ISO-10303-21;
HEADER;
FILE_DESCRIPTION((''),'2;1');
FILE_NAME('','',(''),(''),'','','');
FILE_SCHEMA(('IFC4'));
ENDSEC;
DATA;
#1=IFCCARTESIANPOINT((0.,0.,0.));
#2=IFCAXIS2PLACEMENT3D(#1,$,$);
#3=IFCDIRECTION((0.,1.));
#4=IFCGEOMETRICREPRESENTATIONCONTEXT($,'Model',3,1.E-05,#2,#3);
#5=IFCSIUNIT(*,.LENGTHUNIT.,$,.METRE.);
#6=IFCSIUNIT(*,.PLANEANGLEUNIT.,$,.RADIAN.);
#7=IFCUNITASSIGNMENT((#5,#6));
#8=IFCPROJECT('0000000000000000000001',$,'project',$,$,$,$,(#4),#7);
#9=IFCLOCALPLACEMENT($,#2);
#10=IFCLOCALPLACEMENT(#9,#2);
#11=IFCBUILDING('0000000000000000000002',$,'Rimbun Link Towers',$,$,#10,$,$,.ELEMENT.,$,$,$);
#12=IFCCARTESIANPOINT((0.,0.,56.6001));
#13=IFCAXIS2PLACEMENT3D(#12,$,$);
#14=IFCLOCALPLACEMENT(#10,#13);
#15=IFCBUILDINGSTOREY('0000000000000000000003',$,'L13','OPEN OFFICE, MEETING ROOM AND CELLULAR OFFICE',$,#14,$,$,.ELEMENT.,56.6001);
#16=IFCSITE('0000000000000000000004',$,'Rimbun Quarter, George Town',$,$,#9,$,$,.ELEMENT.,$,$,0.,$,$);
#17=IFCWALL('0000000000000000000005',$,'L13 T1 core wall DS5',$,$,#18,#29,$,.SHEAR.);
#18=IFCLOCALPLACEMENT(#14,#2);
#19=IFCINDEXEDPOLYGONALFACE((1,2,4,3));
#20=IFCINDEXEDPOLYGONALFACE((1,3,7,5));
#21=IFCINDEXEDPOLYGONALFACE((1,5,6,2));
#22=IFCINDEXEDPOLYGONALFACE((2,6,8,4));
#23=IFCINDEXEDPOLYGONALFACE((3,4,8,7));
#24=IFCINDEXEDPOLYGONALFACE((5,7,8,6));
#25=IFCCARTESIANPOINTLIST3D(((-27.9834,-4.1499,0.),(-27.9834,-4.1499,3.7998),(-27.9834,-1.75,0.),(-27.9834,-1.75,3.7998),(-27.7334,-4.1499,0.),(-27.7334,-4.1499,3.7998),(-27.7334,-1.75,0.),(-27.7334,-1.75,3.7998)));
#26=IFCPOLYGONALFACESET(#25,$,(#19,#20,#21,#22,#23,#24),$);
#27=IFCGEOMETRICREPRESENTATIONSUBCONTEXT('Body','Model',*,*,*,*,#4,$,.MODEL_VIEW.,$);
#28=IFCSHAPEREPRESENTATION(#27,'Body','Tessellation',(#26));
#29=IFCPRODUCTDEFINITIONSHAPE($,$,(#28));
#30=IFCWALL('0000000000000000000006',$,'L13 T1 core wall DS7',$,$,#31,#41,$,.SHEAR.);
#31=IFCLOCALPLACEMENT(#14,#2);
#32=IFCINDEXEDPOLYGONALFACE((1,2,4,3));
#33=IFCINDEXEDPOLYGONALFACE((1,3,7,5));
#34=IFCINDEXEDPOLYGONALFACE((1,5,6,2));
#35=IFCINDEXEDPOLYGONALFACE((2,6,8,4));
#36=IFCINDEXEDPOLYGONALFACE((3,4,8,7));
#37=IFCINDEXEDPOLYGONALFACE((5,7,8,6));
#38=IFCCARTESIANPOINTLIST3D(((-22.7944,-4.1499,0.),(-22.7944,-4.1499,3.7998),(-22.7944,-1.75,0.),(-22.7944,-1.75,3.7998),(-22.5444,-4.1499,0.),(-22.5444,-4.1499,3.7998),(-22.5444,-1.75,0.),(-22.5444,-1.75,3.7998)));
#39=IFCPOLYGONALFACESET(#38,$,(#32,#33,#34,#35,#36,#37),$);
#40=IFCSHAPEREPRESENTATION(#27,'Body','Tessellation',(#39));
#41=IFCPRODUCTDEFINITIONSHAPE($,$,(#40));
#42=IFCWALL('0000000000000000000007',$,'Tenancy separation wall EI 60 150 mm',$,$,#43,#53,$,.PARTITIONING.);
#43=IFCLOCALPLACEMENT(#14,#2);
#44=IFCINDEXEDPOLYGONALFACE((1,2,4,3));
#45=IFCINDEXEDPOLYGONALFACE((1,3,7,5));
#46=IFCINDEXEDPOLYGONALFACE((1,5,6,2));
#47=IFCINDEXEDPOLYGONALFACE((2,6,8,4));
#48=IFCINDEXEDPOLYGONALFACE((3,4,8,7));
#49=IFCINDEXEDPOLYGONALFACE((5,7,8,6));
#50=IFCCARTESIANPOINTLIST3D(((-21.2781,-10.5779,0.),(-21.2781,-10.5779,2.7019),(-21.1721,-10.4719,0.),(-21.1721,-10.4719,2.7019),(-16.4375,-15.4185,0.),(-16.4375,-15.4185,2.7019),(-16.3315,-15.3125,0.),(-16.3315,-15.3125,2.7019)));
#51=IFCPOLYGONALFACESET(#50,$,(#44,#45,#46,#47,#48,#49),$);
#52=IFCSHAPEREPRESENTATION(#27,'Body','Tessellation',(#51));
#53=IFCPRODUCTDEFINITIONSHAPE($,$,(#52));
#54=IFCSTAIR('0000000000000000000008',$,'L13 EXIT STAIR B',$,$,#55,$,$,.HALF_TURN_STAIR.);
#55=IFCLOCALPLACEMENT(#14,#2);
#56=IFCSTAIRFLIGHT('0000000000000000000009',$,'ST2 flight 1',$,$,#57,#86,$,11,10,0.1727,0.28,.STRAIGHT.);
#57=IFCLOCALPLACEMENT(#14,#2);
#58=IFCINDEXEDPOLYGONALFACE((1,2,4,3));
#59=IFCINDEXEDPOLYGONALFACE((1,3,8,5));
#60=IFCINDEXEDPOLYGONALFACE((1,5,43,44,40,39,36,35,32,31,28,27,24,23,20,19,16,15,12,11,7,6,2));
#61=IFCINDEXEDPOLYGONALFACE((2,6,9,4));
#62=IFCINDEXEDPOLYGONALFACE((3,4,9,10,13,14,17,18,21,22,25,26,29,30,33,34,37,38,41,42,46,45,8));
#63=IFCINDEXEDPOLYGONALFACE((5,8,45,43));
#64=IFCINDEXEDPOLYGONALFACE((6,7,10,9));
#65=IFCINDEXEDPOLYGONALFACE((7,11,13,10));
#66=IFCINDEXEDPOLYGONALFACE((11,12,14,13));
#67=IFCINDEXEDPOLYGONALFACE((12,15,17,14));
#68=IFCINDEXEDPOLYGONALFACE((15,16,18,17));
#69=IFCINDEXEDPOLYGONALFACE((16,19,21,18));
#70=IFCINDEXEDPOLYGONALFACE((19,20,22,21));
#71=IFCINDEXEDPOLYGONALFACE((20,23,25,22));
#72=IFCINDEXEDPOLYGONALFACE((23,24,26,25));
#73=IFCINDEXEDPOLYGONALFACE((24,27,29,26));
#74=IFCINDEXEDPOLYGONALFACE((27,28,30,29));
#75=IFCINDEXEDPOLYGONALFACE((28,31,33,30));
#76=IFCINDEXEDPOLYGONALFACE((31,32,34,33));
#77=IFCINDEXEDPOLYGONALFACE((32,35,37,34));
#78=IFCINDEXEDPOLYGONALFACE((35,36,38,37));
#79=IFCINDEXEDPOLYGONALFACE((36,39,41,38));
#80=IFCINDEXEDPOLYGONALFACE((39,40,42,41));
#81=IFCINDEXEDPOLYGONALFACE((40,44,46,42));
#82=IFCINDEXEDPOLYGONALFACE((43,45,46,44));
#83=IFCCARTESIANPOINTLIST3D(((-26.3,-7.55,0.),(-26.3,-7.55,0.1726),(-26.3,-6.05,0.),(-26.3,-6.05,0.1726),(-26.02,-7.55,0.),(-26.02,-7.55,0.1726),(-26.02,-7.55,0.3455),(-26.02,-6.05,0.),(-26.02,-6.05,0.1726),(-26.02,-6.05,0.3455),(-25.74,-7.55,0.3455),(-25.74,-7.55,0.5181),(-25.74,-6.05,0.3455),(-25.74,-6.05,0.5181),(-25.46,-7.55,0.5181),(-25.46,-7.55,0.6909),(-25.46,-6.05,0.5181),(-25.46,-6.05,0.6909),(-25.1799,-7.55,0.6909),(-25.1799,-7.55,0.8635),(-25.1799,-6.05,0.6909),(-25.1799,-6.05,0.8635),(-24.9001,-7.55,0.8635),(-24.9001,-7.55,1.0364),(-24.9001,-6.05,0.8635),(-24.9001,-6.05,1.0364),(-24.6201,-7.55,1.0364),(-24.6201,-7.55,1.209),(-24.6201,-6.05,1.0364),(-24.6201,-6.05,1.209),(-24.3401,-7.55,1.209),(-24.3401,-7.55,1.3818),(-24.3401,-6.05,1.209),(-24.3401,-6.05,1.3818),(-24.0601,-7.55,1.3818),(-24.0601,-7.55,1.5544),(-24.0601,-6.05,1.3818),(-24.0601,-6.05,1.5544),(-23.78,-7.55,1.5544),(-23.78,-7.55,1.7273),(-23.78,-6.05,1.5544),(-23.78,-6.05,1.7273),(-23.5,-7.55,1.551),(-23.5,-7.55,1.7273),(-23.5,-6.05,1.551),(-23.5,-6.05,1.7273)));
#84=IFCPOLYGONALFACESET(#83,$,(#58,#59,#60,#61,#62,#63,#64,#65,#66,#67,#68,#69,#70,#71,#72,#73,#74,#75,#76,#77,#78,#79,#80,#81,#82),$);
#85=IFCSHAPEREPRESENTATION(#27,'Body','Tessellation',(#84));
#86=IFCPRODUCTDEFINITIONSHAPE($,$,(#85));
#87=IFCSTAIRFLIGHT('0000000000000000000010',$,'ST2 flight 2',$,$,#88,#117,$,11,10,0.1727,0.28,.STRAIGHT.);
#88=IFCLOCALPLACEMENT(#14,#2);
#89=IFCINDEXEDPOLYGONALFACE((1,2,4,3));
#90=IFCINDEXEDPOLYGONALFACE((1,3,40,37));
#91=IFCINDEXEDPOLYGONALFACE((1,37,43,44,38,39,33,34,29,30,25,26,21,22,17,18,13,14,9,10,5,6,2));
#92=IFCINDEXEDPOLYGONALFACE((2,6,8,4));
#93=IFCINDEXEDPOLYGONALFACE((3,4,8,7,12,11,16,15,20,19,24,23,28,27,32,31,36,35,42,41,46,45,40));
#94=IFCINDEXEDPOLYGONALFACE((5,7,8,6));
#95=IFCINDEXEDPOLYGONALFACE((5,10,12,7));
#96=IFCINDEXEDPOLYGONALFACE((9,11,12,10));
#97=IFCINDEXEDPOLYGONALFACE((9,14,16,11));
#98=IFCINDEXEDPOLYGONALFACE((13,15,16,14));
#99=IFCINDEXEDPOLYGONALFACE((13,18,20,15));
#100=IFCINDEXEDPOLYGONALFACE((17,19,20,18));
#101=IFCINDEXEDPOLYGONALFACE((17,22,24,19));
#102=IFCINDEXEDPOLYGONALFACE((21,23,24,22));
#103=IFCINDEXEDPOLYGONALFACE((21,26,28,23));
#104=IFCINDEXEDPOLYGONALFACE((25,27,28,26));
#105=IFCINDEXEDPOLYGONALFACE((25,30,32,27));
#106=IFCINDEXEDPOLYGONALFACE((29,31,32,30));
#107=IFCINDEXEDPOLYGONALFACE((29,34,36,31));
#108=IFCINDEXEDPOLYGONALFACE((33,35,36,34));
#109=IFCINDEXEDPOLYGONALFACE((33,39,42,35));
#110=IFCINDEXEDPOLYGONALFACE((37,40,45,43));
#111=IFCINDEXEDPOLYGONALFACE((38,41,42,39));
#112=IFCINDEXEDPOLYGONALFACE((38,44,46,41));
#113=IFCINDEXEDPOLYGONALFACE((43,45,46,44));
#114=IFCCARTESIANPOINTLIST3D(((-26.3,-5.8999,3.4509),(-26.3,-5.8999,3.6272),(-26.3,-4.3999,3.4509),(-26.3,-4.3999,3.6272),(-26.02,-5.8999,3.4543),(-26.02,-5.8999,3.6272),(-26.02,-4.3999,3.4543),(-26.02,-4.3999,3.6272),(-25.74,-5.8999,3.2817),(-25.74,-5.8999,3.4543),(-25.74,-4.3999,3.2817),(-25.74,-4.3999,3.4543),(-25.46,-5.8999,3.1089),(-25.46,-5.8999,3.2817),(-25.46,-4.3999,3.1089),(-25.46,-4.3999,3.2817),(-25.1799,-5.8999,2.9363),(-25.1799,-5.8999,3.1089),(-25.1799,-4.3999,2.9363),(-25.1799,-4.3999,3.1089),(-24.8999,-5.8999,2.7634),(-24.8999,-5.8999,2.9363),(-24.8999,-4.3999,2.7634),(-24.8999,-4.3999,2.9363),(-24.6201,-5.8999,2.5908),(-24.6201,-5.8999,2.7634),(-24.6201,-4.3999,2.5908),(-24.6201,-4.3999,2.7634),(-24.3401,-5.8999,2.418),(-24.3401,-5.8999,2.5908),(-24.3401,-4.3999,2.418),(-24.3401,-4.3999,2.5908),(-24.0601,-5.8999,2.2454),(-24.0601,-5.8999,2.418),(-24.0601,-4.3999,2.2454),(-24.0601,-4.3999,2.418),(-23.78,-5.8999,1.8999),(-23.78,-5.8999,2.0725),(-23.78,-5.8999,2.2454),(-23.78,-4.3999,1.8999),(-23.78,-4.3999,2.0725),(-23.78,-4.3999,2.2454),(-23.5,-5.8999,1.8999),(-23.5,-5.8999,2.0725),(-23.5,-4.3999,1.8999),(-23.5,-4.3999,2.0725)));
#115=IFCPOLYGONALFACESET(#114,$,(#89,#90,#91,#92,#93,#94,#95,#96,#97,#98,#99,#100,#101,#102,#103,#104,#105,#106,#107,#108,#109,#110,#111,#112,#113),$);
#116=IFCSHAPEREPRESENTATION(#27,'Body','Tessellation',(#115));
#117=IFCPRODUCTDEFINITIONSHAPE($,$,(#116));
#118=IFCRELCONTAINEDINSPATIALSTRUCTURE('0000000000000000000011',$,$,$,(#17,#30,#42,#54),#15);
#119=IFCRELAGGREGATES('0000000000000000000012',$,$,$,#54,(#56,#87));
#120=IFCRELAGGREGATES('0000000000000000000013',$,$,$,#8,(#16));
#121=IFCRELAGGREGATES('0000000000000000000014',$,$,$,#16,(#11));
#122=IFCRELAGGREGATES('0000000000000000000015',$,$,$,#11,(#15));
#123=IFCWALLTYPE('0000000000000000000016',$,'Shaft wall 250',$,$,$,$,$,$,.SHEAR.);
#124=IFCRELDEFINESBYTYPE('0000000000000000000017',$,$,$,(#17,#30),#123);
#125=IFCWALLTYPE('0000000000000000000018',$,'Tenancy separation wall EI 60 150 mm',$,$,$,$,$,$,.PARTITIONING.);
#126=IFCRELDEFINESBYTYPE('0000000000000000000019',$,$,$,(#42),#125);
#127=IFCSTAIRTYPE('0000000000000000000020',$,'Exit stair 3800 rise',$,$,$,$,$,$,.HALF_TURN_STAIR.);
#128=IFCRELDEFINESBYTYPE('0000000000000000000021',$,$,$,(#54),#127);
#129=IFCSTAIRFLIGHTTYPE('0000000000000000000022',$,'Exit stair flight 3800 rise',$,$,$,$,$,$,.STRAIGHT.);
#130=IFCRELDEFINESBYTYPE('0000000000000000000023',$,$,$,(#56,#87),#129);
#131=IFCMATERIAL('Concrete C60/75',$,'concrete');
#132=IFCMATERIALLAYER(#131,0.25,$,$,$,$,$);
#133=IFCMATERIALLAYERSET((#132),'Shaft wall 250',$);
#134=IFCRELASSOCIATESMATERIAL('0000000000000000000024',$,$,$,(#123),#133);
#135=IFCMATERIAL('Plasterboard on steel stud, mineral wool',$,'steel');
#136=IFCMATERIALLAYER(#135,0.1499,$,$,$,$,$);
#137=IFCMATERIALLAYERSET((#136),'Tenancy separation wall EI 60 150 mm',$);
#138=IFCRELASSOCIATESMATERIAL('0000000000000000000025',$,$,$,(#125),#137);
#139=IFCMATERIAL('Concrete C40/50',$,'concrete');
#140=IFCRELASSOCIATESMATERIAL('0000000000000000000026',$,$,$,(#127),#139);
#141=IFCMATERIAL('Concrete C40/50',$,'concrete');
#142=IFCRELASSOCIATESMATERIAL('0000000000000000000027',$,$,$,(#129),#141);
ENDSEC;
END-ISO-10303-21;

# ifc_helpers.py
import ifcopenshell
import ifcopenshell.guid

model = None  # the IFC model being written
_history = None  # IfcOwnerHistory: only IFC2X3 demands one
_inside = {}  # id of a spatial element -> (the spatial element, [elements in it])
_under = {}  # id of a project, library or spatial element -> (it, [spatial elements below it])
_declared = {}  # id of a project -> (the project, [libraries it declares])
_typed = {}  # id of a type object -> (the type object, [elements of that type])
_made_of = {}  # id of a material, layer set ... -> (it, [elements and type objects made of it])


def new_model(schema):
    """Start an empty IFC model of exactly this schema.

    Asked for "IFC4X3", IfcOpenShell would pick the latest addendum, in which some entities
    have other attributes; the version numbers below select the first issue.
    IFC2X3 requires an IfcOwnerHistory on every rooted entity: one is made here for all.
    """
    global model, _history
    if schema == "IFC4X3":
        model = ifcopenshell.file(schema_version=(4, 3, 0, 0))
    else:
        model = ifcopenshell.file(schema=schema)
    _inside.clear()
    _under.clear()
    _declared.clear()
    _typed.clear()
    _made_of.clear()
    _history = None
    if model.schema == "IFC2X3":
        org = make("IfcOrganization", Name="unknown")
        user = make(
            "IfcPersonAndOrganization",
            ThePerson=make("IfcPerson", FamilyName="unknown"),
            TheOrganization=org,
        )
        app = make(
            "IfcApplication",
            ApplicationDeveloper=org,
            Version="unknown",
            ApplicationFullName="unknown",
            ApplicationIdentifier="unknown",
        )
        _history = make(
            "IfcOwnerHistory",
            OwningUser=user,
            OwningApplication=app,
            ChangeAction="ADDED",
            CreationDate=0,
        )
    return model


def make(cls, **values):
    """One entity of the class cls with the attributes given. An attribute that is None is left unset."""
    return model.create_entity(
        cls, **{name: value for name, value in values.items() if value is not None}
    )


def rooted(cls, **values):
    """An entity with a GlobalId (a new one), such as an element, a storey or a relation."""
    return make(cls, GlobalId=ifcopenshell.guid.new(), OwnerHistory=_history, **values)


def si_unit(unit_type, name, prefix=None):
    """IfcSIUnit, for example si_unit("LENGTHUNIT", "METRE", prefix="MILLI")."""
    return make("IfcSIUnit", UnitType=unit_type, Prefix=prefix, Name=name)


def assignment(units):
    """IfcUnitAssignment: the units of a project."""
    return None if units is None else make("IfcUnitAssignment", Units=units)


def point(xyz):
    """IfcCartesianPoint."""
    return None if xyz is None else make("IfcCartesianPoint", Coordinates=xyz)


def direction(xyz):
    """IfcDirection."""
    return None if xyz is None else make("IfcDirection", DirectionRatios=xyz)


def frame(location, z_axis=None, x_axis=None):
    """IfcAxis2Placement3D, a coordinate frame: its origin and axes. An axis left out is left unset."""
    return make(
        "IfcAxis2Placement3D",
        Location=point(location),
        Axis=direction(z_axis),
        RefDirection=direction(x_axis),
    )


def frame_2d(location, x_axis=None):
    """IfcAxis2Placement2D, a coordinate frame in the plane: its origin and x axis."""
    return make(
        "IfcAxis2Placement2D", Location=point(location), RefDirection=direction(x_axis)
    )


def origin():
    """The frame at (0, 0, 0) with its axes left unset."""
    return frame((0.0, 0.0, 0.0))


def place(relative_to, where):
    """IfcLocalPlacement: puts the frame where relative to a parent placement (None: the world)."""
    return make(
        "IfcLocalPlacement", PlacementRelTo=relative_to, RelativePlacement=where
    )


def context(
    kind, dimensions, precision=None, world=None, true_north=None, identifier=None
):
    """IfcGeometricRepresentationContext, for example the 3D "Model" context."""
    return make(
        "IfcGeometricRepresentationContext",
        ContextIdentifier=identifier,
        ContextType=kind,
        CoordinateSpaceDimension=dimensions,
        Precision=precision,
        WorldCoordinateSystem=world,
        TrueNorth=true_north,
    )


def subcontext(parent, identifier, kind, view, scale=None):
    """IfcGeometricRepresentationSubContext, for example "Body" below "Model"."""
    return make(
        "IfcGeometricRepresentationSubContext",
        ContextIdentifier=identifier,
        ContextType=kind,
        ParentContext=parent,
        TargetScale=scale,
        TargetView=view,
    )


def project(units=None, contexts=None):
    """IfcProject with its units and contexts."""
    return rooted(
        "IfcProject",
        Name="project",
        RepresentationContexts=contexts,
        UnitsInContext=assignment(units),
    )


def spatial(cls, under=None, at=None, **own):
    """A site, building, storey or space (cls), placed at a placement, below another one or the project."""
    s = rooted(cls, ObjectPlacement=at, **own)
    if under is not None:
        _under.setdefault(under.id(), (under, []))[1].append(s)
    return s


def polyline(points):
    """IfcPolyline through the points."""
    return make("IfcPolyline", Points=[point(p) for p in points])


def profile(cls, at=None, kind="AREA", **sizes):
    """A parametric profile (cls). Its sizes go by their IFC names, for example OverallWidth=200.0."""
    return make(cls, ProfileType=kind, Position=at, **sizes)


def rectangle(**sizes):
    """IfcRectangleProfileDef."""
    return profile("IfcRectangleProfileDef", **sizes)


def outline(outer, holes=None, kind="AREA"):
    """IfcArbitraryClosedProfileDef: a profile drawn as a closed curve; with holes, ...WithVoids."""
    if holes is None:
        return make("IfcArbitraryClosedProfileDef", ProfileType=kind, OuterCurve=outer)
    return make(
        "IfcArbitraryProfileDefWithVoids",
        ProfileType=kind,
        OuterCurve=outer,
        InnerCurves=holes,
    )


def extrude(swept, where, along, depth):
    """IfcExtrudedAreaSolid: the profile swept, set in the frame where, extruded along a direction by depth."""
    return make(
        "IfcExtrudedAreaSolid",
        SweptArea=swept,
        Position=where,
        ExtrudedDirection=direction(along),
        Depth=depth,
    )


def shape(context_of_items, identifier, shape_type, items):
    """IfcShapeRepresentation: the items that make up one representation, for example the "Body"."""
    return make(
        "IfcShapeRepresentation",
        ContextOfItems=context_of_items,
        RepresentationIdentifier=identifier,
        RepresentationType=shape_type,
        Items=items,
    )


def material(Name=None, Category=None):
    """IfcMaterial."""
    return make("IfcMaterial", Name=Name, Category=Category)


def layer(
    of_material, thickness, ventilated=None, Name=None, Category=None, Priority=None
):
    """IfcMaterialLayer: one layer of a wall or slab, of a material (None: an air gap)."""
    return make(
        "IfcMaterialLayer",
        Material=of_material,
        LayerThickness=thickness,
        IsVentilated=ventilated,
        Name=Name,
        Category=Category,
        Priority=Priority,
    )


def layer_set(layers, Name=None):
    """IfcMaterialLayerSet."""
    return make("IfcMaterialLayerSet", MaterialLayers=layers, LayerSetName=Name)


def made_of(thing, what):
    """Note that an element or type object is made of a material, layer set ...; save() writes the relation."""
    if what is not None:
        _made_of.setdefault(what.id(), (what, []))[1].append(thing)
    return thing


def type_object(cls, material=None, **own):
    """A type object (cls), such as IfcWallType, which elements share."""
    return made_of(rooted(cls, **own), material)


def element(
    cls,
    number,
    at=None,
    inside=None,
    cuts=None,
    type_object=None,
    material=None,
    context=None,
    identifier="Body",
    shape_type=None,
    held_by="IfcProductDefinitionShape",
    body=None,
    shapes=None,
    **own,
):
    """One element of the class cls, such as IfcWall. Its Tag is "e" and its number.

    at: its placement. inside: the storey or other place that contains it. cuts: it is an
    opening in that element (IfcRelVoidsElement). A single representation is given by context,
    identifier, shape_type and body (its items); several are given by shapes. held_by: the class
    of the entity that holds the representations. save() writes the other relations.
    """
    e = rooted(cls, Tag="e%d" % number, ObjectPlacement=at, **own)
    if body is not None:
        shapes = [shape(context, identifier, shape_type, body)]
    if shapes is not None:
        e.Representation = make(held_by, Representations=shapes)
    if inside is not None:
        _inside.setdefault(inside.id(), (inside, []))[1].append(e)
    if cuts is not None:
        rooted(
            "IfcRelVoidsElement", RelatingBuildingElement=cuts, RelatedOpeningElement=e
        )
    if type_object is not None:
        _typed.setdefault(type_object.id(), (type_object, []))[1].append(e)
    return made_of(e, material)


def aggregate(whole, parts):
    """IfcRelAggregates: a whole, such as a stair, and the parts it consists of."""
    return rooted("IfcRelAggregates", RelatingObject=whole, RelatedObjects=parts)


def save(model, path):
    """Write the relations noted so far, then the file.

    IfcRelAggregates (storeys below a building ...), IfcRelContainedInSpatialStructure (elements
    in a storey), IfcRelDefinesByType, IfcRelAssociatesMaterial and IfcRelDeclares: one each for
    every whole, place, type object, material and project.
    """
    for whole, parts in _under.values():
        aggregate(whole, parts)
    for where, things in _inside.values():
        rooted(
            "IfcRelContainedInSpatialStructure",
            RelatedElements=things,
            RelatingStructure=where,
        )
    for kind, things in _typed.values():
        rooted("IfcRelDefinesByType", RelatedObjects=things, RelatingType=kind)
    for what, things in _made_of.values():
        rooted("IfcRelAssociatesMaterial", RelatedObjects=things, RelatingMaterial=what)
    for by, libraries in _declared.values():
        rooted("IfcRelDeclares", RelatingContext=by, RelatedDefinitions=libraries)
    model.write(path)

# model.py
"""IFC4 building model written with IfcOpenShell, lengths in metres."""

from ifc_helpers import new_model, si_unit, direction, frame, frame_2d, origin, place, context, subcontext, project, spatial, polyline, rectangle, outline, extrude, material, layer, layer_set, type_object, element, aggregate, save


model = new_model("IFC4")

# Units and contexts
model_context = context("Model", 3, precision=1e-05, world=origin(), true_north=direction((0.0, 1.0)))
body_context = subcontext(model_context, "Body", "Model", "MODEL_VIEW")
ifc_project = project(units=[si_unit("LENGTHUNIT", "METRE"), si_unit("PLANEANGLEUNIT", "RADIAN")], contexts=[model_context])

# Site, building, storey
site_placement = place(None, origin())
site = spatial("IfcSite", under=ifc_project, at=site_placement, Name="Rimbun Quarter, George Town", CompositionType="ELEMENT", RefElevation=0.0)
building_placement = place(site_placement, origin())
building = spatial("IfcBuilding", under=site, at=building_placement, Name="Rimbun Link Towers", CompositionType="ELEMENT")
storey_placement = place(building_placement, frame((0.0, 0.0, 56.6001)))
storey = spatial("IfcBuildingStorey", under=building, at=storey_placement, Name="L13", Description="OPEN OFFICE, MEETING ROOM AND CELLULAR OFFICE", CompositionType="ELEMENT", Elevation=56.6001)

# Walls
ifc_material_1 = material(Name="Concrete C60/75", Category="concrete")
ifc_layer_1 = layer(ifc_material_1, 0.25)
ifc_layer_set_1 = layer_set([ifc_layer_1], Name="Shaft wall 250")
wall_type_1 = type_object("IfcWallType", Name="Shaft wall 250", PredefinedType="SHEAR", material=ifc_layer_set_1)
for number, where, z_axis, x_axis, name in (
    (1, (-27.8584, -4.1499, 0.0), (0.0, 0.0, 1.0), (0.0, 1.0, 0.0), "L13 T1 core wall DS5"),
    (2, (-22.6694, -4.1499, 0.0), (0.0, 0.0, 1.0), (0.0, 1.0, 0.0), "L13 T1 core wall DS7"),
):
    element("IfcWall", number, at=place(storey_placement, frame(where, z_axis=z_axis, x_axis=x_axis)), inside=storey, type_object=wall_type_1, Name=name, PredefinedType="SHEAR", context=body_context, shape_type="SweptSolid", body=[
        extrude(rectangle(XDim=2.3999, YDim=0.25, at=frame_2d((1.2, 0.0))), origin(), (0.0, 0.0, 1.0), 3.7998),
    ])
ifc_material_2 = material(Name="Plasterboard on steel stud, mineral wool", Category="steel")
ifc_layer_2 = layer(ifc_material_2, 0.1499)
ifc_layer_set_2 = layer_set([ifc_layer_2], Name="Tenancy separation wall EI 60 150 mm")
wall_type_2 = type_object("IfcWallType", Name="Tenancy separation wall EI 60 150 mm", PredefinedType="PARTITIONING", material=ifc_layer_set_2)
wall_1_placement = place(storey_placement, frame((-21.2251, -10.5249, 0.0), z_axis=(0.0, 0.0, 1.0), x_axis=(0.707107, -0.707107, 0.0)))
element("IfcWall", 3, at=wall_1_placement, inside=storey, type_object=wall_type_2, Name="Tenancy separation wall EI 60 150 mm", PredefinedType="PARTITIONING", context=body_context, shape_type="SweptSolid", body=[
    extrude(rectangle(XDim=6.8457, YDim=0.1499, at=frame_2d((3.4229, 0.0))), origin(), (0.0, 0.0, 1.0), 2.7019),
])

# Stair, stair flights
ifc_material_3 = material(Name="Concrete C40/50", Category="concrete")
stair_type = type_object("IfcStairType", Name="Exit stair 3800 rise", PredefinedType="HALF_TURN_STAIR", material=ifc_material_3)
stair_placement = place(storey_placement, origin())
stair = element("IfcStair", 4, at=stair_placement, inside=storey, type_object=stair_type, Name="L13 EXIT STAIR B", PredefinedType="HALF_TURN_STAIR")
ifc_material_4 = material(Name="Concrete C40/50", Category="concrete")
stair_flight_type = type_object("IfcStairFlightType", Name="Exit stair flight 3800 rise", PredefinedType="STRAIGHT", material=ifc_material_4)
stair_flight_1_placement = place(storey_placement, frame((-26.3, -6.8, 0.0), z_axis=(0.0, 0.0, 1.0), x_axis=(1.0, 0.0, 0.0)))
stair_flight_1 = element("IfcStairFlight", 5, at=stair_flight_1_placement, type_object=stair_flight_type, Name="ST2 flight 1", NumberOfRisers=11, NumberOfTreads=10, PredefinedType="STRAIGHT", RiserHeight=0.1727, TreadLength=0.28, context=body_context, shape_type="SweptSolid", body=[
    extrude(outline(polyline([(0.0, 0.0), (0.0, 0.1726), (0.28, 0.1726), (0.28, 0.3455), (0.5601, 0.3455), (0.5601, 0.5181), (0.8401, 0.5181), (0.8401, 0.6909), (1.1201, 0.6909), (1.1201, 0.8635), (1.3999, 0.8635), (1.3999, 1.0364), (1.6799, 1.0364), (1.6799, 1.209), (1.96, 1.209), (1.96, 1.3818), (2.24, 1.3818), (2.24, 1.5544), (2.52, 1.5544), (2.52, 1.7273), (2.8, 1.7273), (2.8, 1.8999), (2.8, 1.551), (0.28, 0.0), (0.0, 0.0)])), frame((0.0, 0.75, 0.0), z_axis=(0.0, -1.0, 0.0), x_axis=(1.0, 0.0, 0.0)), (0.0, 0.0, 1.0), 1.5),
])
stair_flight_2_placement = place(storey_placement, frame((-23.5, -5.1499, 1.8999), z_axis=(0.0, 0.0, 1.0), x_axis=(-1.0, 0.0, 0.0)))
stair_flight_2 = element("IfcStairFlight", 6, at=stair_flight_2_placement, type_object=stair_flight_type, Name="ST2 flight 2", NumberOfRisers=11, NumberOfTreads=10, PredefinedType="STRAIGHT", RiserHeight=0.1727, TreadLength=0.28, context=body_context, shape_type="SweptSolid", body=[
    extrude(outline(polyline([(0.0, 0.0), (0.0, 0.1726), (0.28, 0.1726), (0.28, 0.3455), (0.5601, 0.3455), (0.5601, 0.5181), (0.8401, 0.5181), (0.8401, 0.6909), (1.1201, 0.6909), (1.1201, 0.8635), (1.3999, 0.8635), (1.3999, 1.0364), (1.6799, 1.0364), (1.6799, 1.209), (1.96, 1.209), (1.96, 1.3818), (2.24, 1.3818), (2.24, 1.5544), (2.52, 1.5544), (2.52, 1.7273), (2.8, 1.7273), (2.8, 1.8999), (2.8, 1.551), (0.28, 0.0), (0.0, 0.0)])), frame((0.0, 0.75, 0.0), z_axis=(0.0, -1.0, 0.0), x_axis=(1.0, 0.0, 0.0)), (0.0, 0.0, 1.0), 1.5),
])
aggregate(stair, [stair_flight_1, stair_flight_2])

save(model, "model.ifc")
